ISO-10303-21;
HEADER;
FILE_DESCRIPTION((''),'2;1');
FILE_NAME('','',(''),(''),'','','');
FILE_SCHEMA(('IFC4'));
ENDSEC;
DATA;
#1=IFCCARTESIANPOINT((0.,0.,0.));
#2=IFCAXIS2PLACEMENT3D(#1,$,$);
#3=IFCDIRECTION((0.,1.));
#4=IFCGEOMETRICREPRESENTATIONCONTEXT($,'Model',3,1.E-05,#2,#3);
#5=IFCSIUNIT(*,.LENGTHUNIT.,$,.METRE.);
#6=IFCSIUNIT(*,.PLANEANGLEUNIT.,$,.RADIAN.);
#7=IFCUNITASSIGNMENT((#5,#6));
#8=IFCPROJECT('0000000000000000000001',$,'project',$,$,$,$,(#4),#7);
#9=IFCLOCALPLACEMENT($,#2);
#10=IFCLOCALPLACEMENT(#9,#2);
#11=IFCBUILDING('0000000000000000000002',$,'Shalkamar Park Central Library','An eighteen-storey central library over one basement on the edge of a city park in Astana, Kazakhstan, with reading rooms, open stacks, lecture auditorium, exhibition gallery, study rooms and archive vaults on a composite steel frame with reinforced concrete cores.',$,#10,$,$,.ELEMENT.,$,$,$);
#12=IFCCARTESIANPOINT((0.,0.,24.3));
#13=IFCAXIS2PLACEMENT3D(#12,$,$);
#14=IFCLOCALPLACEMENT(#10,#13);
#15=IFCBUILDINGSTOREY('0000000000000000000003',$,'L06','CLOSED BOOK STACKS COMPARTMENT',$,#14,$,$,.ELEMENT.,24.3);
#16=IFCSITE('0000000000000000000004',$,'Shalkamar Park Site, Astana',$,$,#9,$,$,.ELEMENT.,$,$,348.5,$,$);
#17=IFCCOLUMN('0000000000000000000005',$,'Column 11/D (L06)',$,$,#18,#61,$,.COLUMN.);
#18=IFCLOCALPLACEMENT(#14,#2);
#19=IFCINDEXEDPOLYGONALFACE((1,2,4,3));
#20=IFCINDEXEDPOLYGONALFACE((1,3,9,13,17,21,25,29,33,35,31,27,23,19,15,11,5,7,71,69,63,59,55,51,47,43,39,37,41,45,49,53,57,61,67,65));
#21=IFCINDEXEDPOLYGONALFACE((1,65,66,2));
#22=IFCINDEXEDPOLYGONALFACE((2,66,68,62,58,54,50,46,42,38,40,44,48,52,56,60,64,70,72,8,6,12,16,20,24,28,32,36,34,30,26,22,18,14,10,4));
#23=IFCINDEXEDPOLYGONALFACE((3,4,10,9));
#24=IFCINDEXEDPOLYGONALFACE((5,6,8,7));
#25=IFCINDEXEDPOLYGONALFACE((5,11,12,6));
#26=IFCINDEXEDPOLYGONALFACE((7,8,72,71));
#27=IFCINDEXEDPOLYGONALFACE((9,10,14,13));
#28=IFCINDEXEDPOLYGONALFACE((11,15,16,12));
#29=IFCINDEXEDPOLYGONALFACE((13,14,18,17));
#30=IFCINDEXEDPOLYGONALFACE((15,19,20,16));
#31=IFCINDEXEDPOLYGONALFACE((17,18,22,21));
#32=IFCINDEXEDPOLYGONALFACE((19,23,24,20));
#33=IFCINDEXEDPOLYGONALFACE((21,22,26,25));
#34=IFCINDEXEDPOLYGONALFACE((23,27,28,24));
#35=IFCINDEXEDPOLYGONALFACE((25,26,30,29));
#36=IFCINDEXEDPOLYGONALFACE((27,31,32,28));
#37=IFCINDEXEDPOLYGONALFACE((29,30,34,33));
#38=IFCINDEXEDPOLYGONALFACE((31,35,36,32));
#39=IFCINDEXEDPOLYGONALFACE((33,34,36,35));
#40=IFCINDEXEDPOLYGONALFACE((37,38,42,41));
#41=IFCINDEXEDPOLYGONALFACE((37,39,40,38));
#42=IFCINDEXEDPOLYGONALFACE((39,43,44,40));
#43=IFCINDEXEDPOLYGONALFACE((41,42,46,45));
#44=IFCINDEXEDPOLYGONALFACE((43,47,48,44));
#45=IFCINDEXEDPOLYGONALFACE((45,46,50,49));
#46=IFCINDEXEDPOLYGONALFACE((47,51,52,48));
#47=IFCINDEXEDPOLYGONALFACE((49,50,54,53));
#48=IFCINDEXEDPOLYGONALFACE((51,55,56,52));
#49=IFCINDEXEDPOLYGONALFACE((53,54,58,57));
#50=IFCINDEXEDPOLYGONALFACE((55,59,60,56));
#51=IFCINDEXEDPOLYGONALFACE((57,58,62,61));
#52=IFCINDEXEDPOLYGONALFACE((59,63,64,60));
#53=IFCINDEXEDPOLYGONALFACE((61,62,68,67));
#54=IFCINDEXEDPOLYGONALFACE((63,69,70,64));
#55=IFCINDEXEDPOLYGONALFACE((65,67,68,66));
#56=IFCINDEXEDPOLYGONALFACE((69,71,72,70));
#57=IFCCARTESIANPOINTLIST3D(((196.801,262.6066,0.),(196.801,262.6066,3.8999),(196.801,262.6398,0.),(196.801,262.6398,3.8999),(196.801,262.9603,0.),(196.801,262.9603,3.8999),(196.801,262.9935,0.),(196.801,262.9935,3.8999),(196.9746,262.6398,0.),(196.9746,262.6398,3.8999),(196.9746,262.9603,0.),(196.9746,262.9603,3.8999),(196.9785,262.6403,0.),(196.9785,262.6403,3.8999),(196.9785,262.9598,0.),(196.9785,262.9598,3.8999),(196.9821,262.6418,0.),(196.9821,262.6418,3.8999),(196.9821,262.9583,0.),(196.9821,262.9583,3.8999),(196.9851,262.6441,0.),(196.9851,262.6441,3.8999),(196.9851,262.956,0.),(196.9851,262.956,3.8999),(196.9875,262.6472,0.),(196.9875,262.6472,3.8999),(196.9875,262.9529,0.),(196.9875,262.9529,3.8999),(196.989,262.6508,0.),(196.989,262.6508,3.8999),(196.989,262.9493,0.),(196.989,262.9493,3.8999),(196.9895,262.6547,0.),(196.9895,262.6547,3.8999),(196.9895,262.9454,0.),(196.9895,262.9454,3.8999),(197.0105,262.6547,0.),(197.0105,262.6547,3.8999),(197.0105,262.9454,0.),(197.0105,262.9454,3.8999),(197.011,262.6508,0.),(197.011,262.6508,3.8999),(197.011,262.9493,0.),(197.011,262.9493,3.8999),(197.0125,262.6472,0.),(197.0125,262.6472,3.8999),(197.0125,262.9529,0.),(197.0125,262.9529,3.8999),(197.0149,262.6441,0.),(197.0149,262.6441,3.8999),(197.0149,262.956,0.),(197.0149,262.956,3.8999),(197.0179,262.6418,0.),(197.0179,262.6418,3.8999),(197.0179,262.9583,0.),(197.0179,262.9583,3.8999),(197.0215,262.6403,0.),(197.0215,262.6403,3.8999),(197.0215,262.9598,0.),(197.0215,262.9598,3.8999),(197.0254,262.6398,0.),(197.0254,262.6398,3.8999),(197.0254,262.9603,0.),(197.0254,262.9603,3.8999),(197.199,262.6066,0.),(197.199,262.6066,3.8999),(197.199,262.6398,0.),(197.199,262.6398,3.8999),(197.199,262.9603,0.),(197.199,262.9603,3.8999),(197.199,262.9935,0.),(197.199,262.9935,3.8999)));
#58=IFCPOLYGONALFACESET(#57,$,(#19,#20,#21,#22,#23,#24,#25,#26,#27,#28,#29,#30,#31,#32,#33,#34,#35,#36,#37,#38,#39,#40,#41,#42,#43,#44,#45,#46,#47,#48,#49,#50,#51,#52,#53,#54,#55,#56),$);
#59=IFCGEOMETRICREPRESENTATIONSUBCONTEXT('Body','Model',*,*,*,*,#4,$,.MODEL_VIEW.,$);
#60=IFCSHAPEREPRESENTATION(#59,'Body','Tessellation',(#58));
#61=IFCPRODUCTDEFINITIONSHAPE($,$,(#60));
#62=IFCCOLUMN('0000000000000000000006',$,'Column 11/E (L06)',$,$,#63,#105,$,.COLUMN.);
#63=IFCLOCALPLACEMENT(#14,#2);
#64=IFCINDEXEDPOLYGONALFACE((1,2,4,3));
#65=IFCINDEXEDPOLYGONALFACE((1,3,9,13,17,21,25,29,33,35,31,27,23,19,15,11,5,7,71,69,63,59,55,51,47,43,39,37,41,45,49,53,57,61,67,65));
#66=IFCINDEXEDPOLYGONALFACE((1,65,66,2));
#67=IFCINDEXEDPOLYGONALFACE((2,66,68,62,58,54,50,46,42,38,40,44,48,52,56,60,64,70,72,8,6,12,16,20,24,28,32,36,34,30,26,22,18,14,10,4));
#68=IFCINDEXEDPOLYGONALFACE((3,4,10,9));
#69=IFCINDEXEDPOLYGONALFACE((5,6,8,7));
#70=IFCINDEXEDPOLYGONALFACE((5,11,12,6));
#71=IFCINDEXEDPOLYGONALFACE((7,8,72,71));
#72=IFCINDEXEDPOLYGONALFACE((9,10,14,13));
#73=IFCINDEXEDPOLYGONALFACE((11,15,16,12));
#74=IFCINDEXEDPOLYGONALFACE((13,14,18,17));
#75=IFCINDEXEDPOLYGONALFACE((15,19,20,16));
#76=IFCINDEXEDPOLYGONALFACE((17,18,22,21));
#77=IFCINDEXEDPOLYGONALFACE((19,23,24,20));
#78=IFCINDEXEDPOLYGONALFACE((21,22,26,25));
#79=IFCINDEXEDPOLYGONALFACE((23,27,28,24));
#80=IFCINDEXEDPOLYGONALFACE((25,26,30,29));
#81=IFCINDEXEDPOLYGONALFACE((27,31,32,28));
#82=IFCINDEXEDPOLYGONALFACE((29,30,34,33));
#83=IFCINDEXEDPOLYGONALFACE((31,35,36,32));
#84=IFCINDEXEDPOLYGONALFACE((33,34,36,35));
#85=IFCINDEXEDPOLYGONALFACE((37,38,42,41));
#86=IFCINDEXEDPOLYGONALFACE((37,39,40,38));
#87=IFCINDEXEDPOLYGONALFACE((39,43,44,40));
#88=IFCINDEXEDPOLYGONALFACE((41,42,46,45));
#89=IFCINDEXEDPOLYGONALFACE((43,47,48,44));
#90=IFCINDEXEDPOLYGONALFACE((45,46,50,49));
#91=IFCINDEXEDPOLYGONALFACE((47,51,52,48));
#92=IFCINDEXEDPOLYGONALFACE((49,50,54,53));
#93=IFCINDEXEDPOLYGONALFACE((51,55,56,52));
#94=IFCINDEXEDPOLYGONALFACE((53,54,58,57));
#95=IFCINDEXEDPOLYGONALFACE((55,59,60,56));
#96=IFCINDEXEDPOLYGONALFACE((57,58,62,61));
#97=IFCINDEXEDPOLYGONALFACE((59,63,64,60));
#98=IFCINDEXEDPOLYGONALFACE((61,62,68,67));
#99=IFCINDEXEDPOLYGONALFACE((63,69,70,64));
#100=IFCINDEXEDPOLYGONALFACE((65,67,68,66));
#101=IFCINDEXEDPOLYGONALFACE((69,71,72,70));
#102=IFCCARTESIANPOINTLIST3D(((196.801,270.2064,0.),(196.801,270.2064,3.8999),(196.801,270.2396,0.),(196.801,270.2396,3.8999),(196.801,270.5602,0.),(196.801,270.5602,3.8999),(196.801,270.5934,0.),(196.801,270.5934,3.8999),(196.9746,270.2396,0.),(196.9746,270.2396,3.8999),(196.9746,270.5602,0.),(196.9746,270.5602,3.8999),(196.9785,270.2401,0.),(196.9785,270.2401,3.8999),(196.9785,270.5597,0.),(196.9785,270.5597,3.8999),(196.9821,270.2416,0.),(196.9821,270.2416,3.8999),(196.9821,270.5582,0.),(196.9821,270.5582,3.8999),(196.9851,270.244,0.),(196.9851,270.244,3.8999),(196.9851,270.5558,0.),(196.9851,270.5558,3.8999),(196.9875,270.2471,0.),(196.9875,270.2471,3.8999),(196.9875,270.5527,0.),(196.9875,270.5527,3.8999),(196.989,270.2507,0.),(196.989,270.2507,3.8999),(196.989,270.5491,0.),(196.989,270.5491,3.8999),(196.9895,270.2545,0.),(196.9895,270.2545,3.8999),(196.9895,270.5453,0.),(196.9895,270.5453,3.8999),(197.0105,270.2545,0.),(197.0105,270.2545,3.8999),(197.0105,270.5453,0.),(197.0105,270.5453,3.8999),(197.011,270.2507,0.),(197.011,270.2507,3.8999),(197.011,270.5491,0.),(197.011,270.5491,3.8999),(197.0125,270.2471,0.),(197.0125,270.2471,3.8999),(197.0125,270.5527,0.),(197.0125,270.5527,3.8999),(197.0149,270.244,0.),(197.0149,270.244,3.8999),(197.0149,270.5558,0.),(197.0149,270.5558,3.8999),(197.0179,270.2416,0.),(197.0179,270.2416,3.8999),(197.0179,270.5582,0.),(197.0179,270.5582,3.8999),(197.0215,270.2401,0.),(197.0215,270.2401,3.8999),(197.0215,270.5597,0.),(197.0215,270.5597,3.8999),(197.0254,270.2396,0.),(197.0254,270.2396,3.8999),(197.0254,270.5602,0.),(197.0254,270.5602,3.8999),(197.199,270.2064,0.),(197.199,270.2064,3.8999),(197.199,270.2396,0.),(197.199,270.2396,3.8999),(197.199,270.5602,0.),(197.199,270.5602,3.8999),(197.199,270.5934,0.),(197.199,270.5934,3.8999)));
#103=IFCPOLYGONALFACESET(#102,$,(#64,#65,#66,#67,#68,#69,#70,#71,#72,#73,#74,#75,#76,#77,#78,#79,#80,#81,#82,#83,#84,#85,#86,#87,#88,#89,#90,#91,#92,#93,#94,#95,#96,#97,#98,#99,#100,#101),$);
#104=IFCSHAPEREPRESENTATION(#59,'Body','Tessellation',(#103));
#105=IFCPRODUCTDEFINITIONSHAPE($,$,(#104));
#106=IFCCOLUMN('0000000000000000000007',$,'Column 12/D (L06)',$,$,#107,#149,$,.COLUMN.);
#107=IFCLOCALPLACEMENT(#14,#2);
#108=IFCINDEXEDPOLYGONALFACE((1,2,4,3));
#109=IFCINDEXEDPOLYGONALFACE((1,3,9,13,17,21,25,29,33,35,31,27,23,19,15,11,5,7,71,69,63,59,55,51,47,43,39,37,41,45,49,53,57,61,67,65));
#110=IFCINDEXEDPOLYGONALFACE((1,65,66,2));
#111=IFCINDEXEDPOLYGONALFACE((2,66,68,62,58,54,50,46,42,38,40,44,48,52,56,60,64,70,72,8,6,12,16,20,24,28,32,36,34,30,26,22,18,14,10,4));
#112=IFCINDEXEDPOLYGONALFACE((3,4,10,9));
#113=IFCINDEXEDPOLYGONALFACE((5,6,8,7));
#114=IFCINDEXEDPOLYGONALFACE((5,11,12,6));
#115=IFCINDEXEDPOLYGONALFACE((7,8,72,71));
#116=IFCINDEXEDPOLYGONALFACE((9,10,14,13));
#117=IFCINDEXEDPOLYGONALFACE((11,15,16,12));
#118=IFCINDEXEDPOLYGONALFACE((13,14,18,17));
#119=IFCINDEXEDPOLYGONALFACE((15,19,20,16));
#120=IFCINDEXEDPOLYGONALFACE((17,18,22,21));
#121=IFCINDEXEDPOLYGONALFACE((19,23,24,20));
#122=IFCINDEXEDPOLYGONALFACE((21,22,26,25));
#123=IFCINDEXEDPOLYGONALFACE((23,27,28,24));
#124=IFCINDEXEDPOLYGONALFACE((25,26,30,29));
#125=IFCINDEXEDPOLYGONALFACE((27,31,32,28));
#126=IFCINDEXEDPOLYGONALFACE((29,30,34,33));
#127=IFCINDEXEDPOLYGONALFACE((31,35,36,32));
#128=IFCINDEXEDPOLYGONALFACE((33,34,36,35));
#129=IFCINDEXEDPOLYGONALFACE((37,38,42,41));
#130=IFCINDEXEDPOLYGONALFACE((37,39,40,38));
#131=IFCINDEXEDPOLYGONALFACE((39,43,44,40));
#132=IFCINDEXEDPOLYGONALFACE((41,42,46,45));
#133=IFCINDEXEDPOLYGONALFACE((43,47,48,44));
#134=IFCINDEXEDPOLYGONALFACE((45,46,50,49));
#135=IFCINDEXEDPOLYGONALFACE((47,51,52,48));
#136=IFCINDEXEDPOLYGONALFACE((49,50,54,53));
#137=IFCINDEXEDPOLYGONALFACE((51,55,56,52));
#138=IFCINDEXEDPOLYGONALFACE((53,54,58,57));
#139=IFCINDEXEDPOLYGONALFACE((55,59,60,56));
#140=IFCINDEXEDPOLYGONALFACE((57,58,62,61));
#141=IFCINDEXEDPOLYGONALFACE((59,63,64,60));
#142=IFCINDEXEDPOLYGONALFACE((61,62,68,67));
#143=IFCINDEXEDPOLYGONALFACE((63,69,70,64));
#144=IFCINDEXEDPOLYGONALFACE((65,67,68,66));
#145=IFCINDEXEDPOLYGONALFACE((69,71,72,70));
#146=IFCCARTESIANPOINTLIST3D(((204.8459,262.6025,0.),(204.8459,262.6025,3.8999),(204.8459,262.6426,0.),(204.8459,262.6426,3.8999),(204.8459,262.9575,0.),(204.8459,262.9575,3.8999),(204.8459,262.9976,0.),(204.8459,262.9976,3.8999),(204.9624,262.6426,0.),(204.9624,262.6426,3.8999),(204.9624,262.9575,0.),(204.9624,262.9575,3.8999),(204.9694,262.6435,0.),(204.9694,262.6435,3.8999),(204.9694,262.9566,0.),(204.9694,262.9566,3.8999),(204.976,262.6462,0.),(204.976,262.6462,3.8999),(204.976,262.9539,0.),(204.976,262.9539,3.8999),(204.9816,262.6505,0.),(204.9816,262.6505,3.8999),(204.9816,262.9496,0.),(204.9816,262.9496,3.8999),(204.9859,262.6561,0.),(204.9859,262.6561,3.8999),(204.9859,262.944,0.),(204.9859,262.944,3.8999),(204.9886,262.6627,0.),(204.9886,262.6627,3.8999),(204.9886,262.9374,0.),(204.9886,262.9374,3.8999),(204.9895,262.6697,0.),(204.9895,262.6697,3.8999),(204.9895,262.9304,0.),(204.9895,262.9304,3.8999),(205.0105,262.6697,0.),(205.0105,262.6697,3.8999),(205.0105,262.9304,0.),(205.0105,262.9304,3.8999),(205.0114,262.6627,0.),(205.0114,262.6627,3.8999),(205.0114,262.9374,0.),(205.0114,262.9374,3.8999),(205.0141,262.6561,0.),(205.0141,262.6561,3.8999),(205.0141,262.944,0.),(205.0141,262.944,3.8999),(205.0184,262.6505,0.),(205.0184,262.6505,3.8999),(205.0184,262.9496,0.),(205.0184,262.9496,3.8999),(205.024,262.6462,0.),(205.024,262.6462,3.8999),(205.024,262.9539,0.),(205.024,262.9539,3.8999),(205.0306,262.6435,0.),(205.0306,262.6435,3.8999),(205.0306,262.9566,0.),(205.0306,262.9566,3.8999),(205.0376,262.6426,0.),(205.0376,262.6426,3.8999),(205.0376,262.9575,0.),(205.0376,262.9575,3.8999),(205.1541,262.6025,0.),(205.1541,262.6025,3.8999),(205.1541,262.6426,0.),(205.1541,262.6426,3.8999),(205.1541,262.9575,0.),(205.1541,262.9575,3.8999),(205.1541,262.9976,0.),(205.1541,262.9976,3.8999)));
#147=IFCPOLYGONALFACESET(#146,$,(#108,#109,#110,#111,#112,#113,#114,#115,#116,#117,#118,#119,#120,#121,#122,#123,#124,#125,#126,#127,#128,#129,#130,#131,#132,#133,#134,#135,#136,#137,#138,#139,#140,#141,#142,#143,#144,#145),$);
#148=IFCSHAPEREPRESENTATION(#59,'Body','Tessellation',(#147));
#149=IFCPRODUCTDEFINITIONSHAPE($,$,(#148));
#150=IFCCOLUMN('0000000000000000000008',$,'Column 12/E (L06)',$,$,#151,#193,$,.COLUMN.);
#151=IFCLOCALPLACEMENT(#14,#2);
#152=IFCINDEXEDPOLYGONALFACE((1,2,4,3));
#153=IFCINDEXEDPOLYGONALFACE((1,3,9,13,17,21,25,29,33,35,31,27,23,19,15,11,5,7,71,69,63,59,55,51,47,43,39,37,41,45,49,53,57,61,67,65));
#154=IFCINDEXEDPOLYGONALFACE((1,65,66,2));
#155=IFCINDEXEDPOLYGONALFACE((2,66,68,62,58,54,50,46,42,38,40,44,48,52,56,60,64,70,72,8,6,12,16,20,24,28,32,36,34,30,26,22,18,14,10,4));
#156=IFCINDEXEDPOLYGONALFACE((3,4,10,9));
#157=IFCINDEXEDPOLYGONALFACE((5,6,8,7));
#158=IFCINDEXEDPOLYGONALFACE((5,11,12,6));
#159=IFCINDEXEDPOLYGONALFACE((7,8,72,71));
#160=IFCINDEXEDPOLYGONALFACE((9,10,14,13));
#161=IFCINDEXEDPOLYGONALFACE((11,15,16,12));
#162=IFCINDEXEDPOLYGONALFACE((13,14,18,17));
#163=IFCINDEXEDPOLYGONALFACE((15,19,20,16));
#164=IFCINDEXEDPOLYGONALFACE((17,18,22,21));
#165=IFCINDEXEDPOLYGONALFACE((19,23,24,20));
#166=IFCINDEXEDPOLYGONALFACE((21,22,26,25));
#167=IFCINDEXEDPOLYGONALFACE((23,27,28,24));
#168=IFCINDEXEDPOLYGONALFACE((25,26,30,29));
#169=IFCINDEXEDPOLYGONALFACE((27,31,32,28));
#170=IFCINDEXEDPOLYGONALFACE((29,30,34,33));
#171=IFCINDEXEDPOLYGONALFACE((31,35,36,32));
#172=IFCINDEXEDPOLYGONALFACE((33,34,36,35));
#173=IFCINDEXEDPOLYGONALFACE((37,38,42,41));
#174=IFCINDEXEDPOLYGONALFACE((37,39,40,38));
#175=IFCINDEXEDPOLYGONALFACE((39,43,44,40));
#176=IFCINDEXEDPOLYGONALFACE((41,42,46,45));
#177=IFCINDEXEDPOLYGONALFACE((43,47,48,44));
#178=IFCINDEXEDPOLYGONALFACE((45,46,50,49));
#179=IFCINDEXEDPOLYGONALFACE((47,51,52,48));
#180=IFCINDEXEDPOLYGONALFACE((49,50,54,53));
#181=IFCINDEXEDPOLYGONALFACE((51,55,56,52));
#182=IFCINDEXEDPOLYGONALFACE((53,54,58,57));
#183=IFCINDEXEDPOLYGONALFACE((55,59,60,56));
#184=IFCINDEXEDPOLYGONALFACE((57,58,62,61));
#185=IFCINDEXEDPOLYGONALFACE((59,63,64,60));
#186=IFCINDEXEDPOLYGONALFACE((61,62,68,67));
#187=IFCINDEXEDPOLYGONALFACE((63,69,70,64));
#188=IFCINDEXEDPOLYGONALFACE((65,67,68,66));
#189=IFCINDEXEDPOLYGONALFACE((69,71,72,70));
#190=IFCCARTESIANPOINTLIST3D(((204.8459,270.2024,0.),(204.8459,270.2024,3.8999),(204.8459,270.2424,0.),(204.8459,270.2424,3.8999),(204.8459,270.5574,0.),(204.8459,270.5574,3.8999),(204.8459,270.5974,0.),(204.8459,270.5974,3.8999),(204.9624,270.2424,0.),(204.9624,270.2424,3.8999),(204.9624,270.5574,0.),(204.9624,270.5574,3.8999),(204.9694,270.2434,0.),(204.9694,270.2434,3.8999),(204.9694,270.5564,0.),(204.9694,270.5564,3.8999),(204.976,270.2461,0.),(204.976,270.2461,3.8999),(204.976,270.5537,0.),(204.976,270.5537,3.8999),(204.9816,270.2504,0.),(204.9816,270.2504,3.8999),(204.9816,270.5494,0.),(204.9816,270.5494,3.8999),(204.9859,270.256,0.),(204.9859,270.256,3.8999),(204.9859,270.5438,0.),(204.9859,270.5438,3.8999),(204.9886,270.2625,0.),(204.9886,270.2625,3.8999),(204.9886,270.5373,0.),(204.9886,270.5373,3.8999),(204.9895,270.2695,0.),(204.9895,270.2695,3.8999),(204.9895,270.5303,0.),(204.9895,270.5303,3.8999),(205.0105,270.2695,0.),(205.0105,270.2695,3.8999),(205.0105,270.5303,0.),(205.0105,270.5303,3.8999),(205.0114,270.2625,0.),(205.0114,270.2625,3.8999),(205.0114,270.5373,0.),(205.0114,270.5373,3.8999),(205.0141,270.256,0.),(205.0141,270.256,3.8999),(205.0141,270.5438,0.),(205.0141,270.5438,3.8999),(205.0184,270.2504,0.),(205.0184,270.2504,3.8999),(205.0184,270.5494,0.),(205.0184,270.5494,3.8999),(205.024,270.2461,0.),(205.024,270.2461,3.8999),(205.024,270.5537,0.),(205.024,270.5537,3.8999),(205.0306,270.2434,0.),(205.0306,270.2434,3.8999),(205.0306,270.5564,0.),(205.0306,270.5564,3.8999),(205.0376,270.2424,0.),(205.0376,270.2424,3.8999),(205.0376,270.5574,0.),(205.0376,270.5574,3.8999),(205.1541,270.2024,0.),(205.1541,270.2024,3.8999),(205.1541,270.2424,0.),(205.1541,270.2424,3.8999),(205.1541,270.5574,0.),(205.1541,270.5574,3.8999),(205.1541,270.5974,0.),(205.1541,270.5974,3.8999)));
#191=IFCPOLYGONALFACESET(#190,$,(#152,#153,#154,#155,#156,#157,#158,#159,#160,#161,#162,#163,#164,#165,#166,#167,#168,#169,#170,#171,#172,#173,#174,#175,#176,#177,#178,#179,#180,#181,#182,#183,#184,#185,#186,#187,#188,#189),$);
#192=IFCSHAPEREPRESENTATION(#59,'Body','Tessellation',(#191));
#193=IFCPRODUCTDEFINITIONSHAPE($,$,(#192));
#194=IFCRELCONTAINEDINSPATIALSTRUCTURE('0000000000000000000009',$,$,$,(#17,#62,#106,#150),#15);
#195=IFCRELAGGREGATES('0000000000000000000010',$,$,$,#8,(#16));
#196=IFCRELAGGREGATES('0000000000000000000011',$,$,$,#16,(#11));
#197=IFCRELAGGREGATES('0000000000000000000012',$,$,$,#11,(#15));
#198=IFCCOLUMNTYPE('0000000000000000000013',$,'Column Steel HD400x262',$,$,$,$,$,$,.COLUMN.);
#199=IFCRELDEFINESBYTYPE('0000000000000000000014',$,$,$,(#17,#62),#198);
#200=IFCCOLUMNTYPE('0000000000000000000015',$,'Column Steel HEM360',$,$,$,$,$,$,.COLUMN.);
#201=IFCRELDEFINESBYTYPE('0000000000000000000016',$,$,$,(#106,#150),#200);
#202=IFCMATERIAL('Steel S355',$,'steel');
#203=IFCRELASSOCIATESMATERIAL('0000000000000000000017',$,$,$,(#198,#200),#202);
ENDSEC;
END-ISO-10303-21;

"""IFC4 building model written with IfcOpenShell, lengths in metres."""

from ifc_helpers import new_model, si_unit, direction, frame, origin, origin_2d, place, context, subcontext, project, spatial, i_section, extrude, material, material_profile, profile_set, type_object, element, save


model = new_model("IFC4")

# Units and contexts
model_context = context("Model", 3, precision=1e-05, world=origin(), true_north=direction((0.0, 1.0)))
body_context = subcontext(model_context, "Body", "Model", "MODEL_VIEW")
ifc_project = project(units=[si_unit("LENGTHUNIT", "METRE"), si_unit("PLANEANGLEUNIT", "RADIAN")], contexts=[model_context])

# Site, building, storey
site_placement = place(None, origin())
site = spatial("IfcSite", under=ifc_project, at=site_placement, Name="Shalkamar Park Site, Astana", CompositionType="ELEMENT", RefElevation=348.5)
building_placement = place(site_placement, origin())
building = spatial("IfcBuilding", under=site, at=building_placement, Name="Shalkamar Park Central Library", Description="An eighteen-storey central library over one basement on the edge of a city park in Astana, Kazakhstan, with reading rooms, open stacks, lecture auditorium, exhibition gallery, study rooms and archive vaults on a composite steel frame with reinforced concrete cores.", CompositionType="ELEMENT")
storey_placement = place(building_placement, frame((0.0, 0.0, 24.3)))
storey = spatial("IfcBuildingStorey", under=building, at=storey_placement, Name="L06", Description="CLOSED BOOK STACKS COMPARTMENT", CompositionType="ELEMENT", Elevation=24.3)

# Columns
ifc_material_1 = material(Name="Steel S355", Category="steel")
ifc_material_profile_1 = material_profile(ifc_material_1, i_section(OverallWidth=0.3979, OverallDepth=0.387, WebThickness=0.021, FlangeThickness=0.0332, FilletRadius=0.0149, at=origin_2d()), Name="HD 400x262")
ifc_profile_set_1 = profile_set([ifc_material_profile_1], Name="Steel S355")
column_type_1 = type_object("IfcColumnType", Name="Column Steel HD400x262", PredefinedType="COLUMN", material=ifc_profile_set_1)
for number, where, z_axis, x_axis, name in (
    (1, (197.0, 262.8, 0.0), (0.0, 0.0, 1.0), (1.0, 0.0, 0.0), "Column 11/D (L06)"),
    (2, (197.0, 270.3999, 0.0), (0.0, 0.0, 1.0), (1.0, 0.0, 0.0), "Column 11/E (L06)"),
):
    element("IfcColumn", number, at=place(storey_placement, frame(where, z_axis=z_axis, x_axis=x_axis)), inside=storey, type_object=column_type_1, Name=name, PredefinedType="COLUMN", context=body_context, shape_type="SweptSolid", body=[
        extrude(i_section(OverallWidth=0.3979, OverallDepth=0.387, WebThickness=0.021, FlangeThickness=0.0332, FilletRadius=0.0149, at=origin_2d()), origin(), (0.0, 0.0, 1.0), 3.8999),
    ])
ifc_material_profile_2 = material_profile(ifc_material_1, i_section(OverallWidth=0.3081, OverallDepth=0.395, WebThickness=0.021, FlangeThickness=0.04, FilletRadius=0.0271, at=origin_2d()), Name="HEM 360")
ifc_profile_set_2 = profile_set([ifc_material_profile_2], Name="Steel S355")
column_type_2 = type_object("IfcColumnType", Name="Column Steel HEM360", PredefinedType="COLUMN", material=ifc_profile_set_2)
for number, where, z_axis, x_axis, name in (
    (3, (205.0, 262.8, 0.0), (0.0, 0.0, 1.0), (1.0, 0.0, 0.0), "Column 12/D (L06)"),
    (4, (205.0, 270.3999, 0.0), (0.0, 0.0, 1.0), (1.0, 0.0, 0.0), "Column 12/E (L06)"),
):
    element("IfcColumn", number, at=place(storey_placement, frame(where, z_axis=z_axis, x_axis=x_axis)), inside=storey, type_object=column_type_2, Name=name, PredefinedType="COLUMN", context=body_context, shape_type="SweptSolid", body=[
        extrude(i_section(OverallWidth=0.3081, OverallDepth=0.395, WebThickness=0.021, FlangeThickness=0.04, FilletRadius=0.0271, at=origin_2d()), origin(), (0.0, 0.0, 1.0), 3.8999),
    ])

save(model, "model.ifc")
